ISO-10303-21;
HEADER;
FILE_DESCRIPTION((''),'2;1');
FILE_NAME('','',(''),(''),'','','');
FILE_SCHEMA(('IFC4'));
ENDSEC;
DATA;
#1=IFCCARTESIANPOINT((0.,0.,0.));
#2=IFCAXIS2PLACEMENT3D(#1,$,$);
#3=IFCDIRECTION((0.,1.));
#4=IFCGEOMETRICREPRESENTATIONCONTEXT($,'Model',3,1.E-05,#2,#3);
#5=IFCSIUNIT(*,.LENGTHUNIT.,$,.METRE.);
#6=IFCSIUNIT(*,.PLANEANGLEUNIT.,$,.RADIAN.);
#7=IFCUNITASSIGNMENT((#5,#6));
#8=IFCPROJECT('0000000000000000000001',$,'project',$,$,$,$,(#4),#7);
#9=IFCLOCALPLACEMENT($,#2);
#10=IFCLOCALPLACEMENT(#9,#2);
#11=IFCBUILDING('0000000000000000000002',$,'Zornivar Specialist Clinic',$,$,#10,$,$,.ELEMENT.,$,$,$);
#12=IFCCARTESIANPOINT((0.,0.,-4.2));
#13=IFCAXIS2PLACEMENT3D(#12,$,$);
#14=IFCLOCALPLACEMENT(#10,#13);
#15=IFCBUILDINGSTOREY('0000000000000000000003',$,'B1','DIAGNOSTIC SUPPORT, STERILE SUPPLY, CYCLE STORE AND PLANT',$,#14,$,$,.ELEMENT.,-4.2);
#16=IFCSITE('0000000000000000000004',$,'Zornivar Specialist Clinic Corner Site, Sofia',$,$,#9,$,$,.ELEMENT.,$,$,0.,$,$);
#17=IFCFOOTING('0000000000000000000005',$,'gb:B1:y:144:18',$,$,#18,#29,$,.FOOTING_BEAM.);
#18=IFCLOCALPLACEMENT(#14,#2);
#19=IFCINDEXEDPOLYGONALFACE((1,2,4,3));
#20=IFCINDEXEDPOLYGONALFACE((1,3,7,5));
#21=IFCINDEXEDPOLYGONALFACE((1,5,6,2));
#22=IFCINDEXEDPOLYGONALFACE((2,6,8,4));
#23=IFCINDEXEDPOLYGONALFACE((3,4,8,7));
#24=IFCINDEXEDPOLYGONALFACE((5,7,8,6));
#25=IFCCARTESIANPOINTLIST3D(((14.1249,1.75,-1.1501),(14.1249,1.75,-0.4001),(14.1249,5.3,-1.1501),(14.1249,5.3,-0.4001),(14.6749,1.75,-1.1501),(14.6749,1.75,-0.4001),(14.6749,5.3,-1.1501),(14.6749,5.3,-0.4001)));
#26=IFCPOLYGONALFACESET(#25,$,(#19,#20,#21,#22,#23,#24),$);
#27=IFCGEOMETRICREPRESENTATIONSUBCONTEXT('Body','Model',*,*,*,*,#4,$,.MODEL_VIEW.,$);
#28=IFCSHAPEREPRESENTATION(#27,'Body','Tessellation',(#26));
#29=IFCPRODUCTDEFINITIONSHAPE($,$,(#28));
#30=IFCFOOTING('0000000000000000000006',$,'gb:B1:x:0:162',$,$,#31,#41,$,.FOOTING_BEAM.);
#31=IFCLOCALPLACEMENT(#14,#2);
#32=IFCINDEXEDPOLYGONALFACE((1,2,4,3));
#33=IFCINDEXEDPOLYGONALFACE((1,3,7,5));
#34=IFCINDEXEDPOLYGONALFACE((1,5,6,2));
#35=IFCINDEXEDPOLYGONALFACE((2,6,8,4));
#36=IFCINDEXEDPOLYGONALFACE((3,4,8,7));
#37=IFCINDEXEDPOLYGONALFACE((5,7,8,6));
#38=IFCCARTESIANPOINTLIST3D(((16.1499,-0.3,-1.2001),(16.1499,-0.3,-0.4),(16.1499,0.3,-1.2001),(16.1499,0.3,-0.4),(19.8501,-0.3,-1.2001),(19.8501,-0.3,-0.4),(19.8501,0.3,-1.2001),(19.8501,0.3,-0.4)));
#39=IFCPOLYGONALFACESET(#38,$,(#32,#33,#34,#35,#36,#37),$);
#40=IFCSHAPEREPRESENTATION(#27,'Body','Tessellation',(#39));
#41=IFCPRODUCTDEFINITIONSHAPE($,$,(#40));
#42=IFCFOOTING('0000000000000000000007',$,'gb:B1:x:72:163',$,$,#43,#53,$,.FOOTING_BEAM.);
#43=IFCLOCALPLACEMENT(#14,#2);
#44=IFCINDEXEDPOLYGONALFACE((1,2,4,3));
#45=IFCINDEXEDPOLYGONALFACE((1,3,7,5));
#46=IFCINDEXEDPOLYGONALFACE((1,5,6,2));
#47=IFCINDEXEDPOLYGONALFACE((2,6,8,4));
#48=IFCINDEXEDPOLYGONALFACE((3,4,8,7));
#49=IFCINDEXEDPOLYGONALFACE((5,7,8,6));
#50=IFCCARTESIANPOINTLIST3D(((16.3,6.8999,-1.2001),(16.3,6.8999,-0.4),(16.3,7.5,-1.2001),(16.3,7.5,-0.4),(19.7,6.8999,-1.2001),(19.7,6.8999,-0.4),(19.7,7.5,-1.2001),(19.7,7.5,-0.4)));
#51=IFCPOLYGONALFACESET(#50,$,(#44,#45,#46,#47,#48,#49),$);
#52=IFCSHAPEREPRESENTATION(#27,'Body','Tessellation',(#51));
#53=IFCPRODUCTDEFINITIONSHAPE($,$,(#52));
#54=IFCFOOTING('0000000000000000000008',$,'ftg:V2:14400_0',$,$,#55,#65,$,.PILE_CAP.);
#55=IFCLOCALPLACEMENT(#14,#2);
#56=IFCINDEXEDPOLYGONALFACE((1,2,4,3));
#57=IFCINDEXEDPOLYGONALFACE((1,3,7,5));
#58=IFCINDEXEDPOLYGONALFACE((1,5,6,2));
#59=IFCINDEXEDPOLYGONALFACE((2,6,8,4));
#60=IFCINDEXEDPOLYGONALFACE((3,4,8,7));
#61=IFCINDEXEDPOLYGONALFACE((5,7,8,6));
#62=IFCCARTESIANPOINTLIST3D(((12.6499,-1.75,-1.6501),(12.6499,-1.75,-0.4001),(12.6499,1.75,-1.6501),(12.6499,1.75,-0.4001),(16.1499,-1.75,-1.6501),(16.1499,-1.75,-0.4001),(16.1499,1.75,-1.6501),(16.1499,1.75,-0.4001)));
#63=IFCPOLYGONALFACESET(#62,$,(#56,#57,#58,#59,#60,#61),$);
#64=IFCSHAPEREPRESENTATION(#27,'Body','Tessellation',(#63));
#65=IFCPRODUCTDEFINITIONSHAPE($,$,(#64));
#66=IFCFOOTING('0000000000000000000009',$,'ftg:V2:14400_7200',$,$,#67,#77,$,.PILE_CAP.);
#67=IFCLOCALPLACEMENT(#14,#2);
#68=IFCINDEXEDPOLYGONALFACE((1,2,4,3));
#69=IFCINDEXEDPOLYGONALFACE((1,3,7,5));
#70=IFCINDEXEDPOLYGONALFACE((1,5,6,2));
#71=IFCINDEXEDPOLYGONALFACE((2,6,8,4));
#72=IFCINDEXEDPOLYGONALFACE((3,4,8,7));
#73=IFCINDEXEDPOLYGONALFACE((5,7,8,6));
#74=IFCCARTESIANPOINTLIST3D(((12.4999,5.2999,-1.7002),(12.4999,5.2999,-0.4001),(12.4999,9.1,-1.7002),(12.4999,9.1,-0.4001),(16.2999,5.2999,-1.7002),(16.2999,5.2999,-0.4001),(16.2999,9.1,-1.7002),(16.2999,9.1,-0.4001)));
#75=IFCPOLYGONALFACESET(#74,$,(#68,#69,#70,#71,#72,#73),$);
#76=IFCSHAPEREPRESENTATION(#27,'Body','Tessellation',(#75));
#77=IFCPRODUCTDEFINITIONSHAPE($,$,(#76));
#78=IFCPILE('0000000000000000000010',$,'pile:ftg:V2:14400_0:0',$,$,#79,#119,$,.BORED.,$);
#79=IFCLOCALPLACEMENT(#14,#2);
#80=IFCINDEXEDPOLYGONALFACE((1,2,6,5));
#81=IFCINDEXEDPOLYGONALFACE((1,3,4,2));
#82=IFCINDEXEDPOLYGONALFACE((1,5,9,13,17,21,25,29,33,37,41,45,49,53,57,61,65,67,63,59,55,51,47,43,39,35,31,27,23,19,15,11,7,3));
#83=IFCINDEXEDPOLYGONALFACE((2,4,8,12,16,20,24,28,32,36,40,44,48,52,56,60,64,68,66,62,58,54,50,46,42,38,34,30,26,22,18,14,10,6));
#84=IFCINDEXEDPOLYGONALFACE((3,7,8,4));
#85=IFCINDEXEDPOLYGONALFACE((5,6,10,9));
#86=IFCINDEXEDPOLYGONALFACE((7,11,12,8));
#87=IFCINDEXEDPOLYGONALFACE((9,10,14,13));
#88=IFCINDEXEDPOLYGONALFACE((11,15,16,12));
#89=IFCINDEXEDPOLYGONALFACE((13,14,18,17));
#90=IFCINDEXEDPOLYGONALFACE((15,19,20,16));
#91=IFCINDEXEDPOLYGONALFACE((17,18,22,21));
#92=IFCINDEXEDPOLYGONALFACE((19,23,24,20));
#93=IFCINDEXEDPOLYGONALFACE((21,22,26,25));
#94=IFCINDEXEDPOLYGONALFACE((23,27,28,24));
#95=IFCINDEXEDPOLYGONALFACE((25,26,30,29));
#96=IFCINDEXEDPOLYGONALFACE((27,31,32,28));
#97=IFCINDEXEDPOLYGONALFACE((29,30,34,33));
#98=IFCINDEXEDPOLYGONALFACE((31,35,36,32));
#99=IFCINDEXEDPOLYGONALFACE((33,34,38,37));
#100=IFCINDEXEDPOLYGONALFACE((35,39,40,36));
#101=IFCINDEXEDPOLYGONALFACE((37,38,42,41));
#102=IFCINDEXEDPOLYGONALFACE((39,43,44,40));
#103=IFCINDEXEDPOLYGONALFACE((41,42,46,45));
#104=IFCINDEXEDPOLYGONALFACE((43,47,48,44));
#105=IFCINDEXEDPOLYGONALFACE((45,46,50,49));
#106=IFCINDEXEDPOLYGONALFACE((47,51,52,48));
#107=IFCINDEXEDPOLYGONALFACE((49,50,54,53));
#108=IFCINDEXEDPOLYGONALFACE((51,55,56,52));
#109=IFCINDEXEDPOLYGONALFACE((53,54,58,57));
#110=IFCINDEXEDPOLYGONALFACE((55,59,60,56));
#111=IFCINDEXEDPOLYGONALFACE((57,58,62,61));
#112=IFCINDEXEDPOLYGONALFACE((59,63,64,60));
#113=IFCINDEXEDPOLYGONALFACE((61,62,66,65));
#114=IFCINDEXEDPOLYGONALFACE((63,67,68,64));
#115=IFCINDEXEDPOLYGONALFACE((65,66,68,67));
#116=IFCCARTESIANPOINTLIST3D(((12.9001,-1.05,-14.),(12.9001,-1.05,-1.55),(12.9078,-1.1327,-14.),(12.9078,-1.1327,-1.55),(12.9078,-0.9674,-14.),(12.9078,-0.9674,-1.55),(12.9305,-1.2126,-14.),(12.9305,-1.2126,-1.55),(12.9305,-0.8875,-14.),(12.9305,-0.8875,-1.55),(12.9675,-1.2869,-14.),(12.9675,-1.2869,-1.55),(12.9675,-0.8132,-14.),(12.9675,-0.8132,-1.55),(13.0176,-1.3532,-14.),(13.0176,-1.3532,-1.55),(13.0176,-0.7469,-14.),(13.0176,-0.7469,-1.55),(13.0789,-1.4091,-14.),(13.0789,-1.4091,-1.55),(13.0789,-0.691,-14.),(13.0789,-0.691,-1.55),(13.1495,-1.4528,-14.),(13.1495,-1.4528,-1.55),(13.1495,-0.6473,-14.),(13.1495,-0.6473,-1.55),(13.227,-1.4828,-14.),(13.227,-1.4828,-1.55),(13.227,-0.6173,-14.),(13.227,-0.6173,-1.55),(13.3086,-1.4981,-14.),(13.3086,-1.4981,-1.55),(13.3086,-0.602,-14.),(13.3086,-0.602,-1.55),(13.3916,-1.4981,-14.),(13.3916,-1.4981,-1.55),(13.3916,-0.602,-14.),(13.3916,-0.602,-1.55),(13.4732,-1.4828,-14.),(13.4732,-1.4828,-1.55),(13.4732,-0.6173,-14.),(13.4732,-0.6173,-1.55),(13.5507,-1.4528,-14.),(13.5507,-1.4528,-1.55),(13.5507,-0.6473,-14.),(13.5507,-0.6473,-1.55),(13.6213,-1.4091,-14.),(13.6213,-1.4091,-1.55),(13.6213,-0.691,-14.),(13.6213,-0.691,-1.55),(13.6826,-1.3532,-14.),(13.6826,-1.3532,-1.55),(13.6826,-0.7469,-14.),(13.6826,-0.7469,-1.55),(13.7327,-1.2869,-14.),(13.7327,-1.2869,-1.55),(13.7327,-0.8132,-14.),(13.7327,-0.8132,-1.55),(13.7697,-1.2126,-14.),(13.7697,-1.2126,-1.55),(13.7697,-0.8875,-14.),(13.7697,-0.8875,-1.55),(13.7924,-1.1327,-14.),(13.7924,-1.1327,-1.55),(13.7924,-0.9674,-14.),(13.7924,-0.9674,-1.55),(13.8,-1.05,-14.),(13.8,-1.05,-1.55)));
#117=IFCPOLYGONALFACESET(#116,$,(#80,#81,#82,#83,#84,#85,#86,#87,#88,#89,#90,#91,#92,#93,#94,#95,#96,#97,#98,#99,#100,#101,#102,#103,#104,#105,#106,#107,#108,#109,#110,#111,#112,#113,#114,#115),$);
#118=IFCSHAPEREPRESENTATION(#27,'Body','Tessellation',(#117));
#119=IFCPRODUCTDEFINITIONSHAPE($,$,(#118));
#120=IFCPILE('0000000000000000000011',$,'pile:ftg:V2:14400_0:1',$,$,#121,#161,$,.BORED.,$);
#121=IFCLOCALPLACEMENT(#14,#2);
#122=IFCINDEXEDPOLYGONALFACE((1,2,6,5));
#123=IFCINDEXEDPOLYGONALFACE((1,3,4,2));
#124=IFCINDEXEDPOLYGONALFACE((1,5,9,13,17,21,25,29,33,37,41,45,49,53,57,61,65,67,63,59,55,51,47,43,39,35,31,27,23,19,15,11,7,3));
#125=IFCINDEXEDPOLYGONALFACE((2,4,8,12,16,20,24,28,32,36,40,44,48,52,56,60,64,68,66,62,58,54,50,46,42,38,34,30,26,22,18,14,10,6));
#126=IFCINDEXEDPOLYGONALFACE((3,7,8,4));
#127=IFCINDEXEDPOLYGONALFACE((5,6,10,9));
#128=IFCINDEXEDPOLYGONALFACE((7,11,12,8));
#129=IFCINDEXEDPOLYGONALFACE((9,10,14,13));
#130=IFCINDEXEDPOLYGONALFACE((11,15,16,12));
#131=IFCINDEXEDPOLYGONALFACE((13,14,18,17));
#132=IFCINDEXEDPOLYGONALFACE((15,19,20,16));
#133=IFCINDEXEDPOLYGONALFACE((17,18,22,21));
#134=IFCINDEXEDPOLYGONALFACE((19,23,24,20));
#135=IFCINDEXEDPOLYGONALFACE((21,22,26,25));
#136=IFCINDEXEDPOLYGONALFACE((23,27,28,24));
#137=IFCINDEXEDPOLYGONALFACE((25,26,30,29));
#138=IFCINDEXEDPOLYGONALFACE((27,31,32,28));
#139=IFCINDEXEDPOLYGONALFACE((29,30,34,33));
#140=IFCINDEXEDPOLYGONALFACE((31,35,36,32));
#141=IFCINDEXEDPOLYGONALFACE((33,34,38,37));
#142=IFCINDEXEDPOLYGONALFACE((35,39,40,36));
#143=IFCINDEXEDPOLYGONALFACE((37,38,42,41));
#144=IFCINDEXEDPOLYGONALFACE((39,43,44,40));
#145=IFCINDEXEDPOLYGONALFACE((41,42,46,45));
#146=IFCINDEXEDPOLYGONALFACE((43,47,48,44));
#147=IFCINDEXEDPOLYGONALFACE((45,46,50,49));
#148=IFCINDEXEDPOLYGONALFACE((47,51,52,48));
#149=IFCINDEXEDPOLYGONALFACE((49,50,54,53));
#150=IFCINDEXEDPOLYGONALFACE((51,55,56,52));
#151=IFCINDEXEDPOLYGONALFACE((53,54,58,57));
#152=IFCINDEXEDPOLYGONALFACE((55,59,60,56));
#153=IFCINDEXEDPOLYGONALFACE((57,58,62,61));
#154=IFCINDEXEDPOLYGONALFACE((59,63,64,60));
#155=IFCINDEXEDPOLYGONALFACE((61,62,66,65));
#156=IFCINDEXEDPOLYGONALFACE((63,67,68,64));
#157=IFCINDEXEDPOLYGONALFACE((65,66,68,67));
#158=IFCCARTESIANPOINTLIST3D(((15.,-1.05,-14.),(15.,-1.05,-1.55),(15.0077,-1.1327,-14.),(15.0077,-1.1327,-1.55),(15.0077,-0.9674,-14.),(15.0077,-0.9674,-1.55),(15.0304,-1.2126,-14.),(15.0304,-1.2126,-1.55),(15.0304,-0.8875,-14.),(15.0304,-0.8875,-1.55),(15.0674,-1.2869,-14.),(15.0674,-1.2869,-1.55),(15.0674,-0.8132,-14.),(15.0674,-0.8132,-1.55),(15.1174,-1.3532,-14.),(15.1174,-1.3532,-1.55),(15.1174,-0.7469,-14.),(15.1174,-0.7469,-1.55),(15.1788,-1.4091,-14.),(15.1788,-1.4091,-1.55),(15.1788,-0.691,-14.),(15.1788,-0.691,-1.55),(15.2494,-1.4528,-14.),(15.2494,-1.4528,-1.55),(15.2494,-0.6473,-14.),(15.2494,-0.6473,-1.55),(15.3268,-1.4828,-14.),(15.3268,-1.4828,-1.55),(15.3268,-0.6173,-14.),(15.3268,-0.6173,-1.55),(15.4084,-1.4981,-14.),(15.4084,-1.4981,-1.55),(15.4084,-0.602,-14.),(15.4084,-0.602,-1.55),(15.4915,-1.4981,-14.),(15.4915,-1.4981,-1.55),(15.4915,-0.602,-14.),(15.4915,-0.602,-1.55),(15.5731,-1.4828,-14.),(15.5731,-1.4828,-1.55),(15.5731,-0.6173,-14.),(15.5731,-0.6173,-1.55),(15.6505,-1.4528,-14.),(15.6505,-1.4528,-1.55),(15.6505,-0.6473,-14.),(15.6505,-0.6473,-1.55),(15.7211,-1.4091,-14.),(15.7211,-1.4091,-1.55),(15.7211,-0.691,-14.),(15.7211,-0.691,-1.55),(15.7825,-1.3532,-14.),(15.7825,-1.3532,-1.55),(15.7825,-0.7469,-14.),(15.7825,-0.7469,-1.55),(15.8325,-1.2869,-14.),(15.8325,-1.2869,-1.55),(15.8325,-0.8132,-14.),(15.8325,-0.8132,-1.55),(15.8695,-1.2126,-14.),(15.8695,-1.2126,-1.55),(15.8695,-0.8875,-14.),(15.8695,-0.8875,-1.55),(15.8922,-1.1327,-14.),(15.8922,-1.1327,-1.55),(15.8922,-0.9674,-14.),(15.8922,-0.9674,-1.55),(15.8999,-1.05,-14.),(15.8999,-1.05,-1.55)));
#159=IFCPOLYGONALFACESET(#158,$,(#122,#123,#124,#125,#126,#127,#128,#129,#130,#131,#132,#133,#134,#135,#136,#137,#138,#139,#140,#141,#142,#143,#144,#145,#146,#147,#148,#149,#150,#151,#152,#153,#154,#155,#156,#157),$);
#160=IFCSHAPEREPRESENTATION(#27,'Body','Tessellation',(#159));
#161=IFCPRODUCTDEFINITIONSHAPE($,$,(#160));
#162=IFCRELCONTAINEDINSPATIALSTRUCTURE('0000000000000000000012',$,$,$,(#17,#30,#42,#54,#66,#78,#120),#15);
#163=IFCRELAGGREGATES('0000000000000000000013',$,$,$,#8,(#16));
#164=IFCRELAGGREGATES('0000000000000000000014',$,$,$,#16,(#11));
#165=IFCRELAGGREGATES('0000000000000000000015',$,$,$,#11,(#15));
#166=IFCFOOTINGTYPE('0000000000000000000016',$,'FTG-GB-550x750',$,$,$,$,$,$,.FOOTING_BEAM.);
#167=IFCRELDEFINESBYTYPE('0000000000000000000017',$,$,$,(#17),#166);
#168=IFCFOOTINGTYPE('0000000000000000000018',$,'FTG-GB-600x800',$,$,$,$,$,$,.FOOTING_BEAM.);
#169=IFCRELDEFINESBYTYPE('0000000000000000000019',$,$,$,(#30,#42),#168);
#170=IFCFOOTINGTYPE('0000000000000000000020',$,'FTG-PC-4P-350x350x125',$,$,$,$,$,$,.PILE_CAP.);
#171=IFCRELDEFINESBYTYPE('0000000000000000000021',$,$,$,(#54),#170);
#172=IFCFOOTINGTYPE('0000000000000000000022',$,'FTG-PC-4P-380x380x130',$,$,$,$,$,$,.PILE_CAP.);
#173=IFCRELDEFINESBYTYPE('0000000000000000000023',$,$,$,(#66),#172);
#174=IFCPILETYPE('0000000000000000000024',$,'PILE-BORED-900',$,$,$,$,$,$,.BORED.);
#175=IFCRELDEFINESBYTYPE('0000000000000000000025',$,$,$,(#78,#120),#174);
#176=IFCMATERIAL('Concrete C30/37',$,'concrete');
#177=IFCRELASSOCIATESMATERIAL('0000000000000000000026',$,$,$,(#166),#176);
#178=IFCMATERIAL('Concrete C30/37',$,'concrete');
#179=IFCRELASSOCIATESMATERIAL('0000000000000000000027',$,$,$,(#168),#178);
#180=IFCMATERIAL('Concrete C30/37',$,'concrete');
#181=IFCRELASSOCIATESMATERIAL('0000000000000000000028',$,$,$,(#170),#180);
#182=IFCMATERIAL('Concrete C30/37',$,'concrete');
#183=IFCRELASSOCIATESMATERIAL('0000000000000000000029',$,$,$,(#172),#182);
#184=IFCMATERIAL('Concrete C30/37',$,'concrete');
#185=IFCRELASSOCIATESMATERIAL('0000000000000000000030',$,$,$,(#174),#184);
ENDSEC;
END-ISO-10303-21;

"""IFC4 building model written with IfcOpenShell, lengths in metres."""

from ifc_helpers import new_model, si_unit, direction, frame, origin, origin_2d, place, context, subcontext, project, spatial, rectangle, circle, extrude, material, material_profile, profile_set, type_object, element, save


model = new_model("IFC4")

# Units and contexts
model_context = context("Model", 3, precision=1e-05, world=origin(), true_north=direction((0.0, 1.0)))
body_context = subcontext(model_context, "Body", "Model", "MODEL_VIEW")
ifc_project = project(units=[si_unit("LENGTHUNIT", "METRE"), si_unit("PLANEANGLEUNIT", "RADIAN")], contexts=[model_context])

# Site, building, storey
site_placement = place(None, origin())
site = spatial("IfcSite", under=ifc_project, at=site_placement, Name="Zornivar Specialist Clinic Corner Site, Sofia", CompositionType="ELEMENT", RefElevation=0.0)
building_placement = place(site_placement, origin())
building = spatial("IfcBuilding", under=site, at=building_placement, Name="Zornivar Specialist Clinic", CompositionType="ELEMENT")
storey_placement = place(building_placement, frame((0.0, 0.0, -4.2)))
storey = spatial("IfcBuildingStorey", under=building, at=storey_placement, Name="B1", Description="DIAGNOSTIC SUPPORT, STERILE SUPPLY, CYCLE STORE AND PLANT", CompositionType="ELEMENT", Elevation=-4.2)

# Footings
ifc_material_1 = material(Name="Concrete C30/37", Category="concrete")
ifc_material_profile_1 = material_profile(ifc_material_1, rectangle(XDim=0.55, YDim=0.75, at=origin_2d()), Name="RC 550x750")
ifc_profile_set_1 = profile_set([ifc_material_profile_1], Name="Concrete C30/37")
footing_type_1 = type_object("IfcFootingType", Name="FTG-GB-550x750", PredefinedType="FOOTING_BEAM", material=ifc_profile_set_1)
footing_1_placement = place(storey_placement, frame((14.3999, 1.75, -0.7751), z_axis=(0.0, 1.0, 0.0), x_axis=(-1.0, 0.0, 0.0)))
element("IfcFooting", 1, at=footing_1_placement, inside=storey, type_object=footing_type_1, Name="gb:B1:y:144:18", PredefinedType="FOOTING_BEAM", context=body_context, shape_type="SweptSolid", body=[
    extrude(rectangle(XDim=0.55, YDim=0.75, at=origin_2d()), origin(), (0.0, 0.0, 1.0), 3.55),
])
ifc_material_2 = material(Name="Concrete C30/37", Category="concrete")
ifc_material_profile_2 = material_profile(ifc_material_2, rectangle(XDim=0.6001, YDim=0.8, at=origin_2d()), Name="RC 600x800")
ifc_profile_set_2 = profile_set([ifc_material_profile_2], Name="Concrete C30/37")
footing_type_2 = type_object("IfcFootingType", Name="FTG-GB-600x800", PredefinedType="FOOTING_BEAM", material=ifc_profile_set_2)
footing_2_placement = place(storey_placement, frame((16.1499, 0.0, -0.8), z_axis=(1.0, 0.0, 0.0), x_axis=(0.0, 1.0, 0.0)))
element("IfcFooting", 2, at=footing_2_placement, inside=storey, type_object=footing_type_2, Name="gb:B1:x:0:162", PredefinedType="FOOTING_BEAM", context=body_context, shape_type="SweptSolid", body=[
    extrude(rectangle(XDim=0.6001, YDim=0.8, at=origin_2d()), origin(), (0.0, 0.0, 1.0), 3.7002),
])
footing_3_placement = place(storey_placement, frame((16.3, 7.2, -0.8), z_axis=(1.0, 0.0, 0.0), x_axis=(0.0, 1.0, 0.0)))
element("IfcFooting", 3, at=footing_3_placement, inside=storey, type_object=footing_type_2, Name="gb:B1:x:72:163", PredefinedType="FOOTING_BEAM", context=body_context, shape_type="SweptSolid", body=[
    extrude(rectangle(XDim=0.6001, YDim=0.8, at=origin_2d()), origin(), (0.0, 0.0, 1.0), 3.3999),
])
ifc_material_3 = material(Name="Concrete C30/37", Category="concrete")
footing_type_3 = type_object("IfcFootingType", Name="FTG-PC-4P-350x350x125", PredefinedType="PILE_CAP", material=ifc_material_3)
footing_4_placement = place(storey_placement, frame((14.3999, 0.0, -1.6501), z_axis=(0.0, 0.0, 1.0), x_axis=(1.0, 0.0, 0.0)))
element("IfcFooting", 4, at=footing_4_placement, inside=storey, type_object=footing_type_3, Name="ftg:V2:14400_0", PredefinedType="PILE_CAP", context=body_context, shape_type="SweptSolid", body=[
    extrude(rectangle(XDim=3.5, YDim=3.5, at=origin_2d()), origin(), (0.0, 0.0, 1.0), 1.25),
])
ifc_material_4 = material(Name="Concrete C30/37", Category="concrete")
footing_type_4 = type_object("IfcFootingType", Name="FTG-PC-4P-380x380x130", PredefinedType="PILE_CAP", material=ifc_material_4)
footing_5_placement = place(storey_placement, frame((14.3999, 7.2, -1.7002), z_axis=(0.0, 0.0, 1.0), x_axis=(1.0, 0.0, 0.0)))
element("IfcFooting", 5, at=footing_5_placement, inside=storey, type_object=footing_type_4, Name="ftg:V2:14400_7200", PredefinedType="PILE_CAP", context=body_context, shape_type="SweptSolid", body=[
    extrude(rectangle(XDim=3.8, YDim=3.8, at=origin_2d()), origin(), (0.0, 0.0, 1.0), 1.3),
])

# Piles
ifc_material_5 = material(Name="Concrete C30/37", Category="concrete")
ifc_material_profile_3 = material_profile(ifc_material_5, circle(Radius=0.45, at=origin_2d()), Name="PILE D900")
ifc_profile_set_3 = profile_set([ifc_material_profile_3], Name="Concrete C30/37")
pile_type = type_object("IfcPileType", Name="PILE-BORED-900", PredefinedType="BORED", material=ifc_profile_set_3)
for number, where, z_axis, x_axis, name in (
    (6, (13.3501, -1.05, -1.55), (0.0, 0.0, -1.0), (1.0, 0.0, 0.0), "pile:ftg:V2:14400_0:0"),
    (7, (15.45, -1.05, -1.55), (0.0, 0.0, -1.0), (1.0, 0.0, 0.0), "pile:ftg:V2:14400_0:1"),
):
    element("IfcPile", number, at=place(storey_placement, frame(where, z_axis=z_axis, x_axis=x_axis)), inside=storey, type_object=pile_type, Name=name, PredefinedType="BORED", context=body_context, shape_type="SweptSolid", body=[
        extrude(circle(Radius=0.45, at=origin_2d()), origin(), (0.0, 0.0, 1.0), 12.45),
    ])

save(model, "model.ifc")
